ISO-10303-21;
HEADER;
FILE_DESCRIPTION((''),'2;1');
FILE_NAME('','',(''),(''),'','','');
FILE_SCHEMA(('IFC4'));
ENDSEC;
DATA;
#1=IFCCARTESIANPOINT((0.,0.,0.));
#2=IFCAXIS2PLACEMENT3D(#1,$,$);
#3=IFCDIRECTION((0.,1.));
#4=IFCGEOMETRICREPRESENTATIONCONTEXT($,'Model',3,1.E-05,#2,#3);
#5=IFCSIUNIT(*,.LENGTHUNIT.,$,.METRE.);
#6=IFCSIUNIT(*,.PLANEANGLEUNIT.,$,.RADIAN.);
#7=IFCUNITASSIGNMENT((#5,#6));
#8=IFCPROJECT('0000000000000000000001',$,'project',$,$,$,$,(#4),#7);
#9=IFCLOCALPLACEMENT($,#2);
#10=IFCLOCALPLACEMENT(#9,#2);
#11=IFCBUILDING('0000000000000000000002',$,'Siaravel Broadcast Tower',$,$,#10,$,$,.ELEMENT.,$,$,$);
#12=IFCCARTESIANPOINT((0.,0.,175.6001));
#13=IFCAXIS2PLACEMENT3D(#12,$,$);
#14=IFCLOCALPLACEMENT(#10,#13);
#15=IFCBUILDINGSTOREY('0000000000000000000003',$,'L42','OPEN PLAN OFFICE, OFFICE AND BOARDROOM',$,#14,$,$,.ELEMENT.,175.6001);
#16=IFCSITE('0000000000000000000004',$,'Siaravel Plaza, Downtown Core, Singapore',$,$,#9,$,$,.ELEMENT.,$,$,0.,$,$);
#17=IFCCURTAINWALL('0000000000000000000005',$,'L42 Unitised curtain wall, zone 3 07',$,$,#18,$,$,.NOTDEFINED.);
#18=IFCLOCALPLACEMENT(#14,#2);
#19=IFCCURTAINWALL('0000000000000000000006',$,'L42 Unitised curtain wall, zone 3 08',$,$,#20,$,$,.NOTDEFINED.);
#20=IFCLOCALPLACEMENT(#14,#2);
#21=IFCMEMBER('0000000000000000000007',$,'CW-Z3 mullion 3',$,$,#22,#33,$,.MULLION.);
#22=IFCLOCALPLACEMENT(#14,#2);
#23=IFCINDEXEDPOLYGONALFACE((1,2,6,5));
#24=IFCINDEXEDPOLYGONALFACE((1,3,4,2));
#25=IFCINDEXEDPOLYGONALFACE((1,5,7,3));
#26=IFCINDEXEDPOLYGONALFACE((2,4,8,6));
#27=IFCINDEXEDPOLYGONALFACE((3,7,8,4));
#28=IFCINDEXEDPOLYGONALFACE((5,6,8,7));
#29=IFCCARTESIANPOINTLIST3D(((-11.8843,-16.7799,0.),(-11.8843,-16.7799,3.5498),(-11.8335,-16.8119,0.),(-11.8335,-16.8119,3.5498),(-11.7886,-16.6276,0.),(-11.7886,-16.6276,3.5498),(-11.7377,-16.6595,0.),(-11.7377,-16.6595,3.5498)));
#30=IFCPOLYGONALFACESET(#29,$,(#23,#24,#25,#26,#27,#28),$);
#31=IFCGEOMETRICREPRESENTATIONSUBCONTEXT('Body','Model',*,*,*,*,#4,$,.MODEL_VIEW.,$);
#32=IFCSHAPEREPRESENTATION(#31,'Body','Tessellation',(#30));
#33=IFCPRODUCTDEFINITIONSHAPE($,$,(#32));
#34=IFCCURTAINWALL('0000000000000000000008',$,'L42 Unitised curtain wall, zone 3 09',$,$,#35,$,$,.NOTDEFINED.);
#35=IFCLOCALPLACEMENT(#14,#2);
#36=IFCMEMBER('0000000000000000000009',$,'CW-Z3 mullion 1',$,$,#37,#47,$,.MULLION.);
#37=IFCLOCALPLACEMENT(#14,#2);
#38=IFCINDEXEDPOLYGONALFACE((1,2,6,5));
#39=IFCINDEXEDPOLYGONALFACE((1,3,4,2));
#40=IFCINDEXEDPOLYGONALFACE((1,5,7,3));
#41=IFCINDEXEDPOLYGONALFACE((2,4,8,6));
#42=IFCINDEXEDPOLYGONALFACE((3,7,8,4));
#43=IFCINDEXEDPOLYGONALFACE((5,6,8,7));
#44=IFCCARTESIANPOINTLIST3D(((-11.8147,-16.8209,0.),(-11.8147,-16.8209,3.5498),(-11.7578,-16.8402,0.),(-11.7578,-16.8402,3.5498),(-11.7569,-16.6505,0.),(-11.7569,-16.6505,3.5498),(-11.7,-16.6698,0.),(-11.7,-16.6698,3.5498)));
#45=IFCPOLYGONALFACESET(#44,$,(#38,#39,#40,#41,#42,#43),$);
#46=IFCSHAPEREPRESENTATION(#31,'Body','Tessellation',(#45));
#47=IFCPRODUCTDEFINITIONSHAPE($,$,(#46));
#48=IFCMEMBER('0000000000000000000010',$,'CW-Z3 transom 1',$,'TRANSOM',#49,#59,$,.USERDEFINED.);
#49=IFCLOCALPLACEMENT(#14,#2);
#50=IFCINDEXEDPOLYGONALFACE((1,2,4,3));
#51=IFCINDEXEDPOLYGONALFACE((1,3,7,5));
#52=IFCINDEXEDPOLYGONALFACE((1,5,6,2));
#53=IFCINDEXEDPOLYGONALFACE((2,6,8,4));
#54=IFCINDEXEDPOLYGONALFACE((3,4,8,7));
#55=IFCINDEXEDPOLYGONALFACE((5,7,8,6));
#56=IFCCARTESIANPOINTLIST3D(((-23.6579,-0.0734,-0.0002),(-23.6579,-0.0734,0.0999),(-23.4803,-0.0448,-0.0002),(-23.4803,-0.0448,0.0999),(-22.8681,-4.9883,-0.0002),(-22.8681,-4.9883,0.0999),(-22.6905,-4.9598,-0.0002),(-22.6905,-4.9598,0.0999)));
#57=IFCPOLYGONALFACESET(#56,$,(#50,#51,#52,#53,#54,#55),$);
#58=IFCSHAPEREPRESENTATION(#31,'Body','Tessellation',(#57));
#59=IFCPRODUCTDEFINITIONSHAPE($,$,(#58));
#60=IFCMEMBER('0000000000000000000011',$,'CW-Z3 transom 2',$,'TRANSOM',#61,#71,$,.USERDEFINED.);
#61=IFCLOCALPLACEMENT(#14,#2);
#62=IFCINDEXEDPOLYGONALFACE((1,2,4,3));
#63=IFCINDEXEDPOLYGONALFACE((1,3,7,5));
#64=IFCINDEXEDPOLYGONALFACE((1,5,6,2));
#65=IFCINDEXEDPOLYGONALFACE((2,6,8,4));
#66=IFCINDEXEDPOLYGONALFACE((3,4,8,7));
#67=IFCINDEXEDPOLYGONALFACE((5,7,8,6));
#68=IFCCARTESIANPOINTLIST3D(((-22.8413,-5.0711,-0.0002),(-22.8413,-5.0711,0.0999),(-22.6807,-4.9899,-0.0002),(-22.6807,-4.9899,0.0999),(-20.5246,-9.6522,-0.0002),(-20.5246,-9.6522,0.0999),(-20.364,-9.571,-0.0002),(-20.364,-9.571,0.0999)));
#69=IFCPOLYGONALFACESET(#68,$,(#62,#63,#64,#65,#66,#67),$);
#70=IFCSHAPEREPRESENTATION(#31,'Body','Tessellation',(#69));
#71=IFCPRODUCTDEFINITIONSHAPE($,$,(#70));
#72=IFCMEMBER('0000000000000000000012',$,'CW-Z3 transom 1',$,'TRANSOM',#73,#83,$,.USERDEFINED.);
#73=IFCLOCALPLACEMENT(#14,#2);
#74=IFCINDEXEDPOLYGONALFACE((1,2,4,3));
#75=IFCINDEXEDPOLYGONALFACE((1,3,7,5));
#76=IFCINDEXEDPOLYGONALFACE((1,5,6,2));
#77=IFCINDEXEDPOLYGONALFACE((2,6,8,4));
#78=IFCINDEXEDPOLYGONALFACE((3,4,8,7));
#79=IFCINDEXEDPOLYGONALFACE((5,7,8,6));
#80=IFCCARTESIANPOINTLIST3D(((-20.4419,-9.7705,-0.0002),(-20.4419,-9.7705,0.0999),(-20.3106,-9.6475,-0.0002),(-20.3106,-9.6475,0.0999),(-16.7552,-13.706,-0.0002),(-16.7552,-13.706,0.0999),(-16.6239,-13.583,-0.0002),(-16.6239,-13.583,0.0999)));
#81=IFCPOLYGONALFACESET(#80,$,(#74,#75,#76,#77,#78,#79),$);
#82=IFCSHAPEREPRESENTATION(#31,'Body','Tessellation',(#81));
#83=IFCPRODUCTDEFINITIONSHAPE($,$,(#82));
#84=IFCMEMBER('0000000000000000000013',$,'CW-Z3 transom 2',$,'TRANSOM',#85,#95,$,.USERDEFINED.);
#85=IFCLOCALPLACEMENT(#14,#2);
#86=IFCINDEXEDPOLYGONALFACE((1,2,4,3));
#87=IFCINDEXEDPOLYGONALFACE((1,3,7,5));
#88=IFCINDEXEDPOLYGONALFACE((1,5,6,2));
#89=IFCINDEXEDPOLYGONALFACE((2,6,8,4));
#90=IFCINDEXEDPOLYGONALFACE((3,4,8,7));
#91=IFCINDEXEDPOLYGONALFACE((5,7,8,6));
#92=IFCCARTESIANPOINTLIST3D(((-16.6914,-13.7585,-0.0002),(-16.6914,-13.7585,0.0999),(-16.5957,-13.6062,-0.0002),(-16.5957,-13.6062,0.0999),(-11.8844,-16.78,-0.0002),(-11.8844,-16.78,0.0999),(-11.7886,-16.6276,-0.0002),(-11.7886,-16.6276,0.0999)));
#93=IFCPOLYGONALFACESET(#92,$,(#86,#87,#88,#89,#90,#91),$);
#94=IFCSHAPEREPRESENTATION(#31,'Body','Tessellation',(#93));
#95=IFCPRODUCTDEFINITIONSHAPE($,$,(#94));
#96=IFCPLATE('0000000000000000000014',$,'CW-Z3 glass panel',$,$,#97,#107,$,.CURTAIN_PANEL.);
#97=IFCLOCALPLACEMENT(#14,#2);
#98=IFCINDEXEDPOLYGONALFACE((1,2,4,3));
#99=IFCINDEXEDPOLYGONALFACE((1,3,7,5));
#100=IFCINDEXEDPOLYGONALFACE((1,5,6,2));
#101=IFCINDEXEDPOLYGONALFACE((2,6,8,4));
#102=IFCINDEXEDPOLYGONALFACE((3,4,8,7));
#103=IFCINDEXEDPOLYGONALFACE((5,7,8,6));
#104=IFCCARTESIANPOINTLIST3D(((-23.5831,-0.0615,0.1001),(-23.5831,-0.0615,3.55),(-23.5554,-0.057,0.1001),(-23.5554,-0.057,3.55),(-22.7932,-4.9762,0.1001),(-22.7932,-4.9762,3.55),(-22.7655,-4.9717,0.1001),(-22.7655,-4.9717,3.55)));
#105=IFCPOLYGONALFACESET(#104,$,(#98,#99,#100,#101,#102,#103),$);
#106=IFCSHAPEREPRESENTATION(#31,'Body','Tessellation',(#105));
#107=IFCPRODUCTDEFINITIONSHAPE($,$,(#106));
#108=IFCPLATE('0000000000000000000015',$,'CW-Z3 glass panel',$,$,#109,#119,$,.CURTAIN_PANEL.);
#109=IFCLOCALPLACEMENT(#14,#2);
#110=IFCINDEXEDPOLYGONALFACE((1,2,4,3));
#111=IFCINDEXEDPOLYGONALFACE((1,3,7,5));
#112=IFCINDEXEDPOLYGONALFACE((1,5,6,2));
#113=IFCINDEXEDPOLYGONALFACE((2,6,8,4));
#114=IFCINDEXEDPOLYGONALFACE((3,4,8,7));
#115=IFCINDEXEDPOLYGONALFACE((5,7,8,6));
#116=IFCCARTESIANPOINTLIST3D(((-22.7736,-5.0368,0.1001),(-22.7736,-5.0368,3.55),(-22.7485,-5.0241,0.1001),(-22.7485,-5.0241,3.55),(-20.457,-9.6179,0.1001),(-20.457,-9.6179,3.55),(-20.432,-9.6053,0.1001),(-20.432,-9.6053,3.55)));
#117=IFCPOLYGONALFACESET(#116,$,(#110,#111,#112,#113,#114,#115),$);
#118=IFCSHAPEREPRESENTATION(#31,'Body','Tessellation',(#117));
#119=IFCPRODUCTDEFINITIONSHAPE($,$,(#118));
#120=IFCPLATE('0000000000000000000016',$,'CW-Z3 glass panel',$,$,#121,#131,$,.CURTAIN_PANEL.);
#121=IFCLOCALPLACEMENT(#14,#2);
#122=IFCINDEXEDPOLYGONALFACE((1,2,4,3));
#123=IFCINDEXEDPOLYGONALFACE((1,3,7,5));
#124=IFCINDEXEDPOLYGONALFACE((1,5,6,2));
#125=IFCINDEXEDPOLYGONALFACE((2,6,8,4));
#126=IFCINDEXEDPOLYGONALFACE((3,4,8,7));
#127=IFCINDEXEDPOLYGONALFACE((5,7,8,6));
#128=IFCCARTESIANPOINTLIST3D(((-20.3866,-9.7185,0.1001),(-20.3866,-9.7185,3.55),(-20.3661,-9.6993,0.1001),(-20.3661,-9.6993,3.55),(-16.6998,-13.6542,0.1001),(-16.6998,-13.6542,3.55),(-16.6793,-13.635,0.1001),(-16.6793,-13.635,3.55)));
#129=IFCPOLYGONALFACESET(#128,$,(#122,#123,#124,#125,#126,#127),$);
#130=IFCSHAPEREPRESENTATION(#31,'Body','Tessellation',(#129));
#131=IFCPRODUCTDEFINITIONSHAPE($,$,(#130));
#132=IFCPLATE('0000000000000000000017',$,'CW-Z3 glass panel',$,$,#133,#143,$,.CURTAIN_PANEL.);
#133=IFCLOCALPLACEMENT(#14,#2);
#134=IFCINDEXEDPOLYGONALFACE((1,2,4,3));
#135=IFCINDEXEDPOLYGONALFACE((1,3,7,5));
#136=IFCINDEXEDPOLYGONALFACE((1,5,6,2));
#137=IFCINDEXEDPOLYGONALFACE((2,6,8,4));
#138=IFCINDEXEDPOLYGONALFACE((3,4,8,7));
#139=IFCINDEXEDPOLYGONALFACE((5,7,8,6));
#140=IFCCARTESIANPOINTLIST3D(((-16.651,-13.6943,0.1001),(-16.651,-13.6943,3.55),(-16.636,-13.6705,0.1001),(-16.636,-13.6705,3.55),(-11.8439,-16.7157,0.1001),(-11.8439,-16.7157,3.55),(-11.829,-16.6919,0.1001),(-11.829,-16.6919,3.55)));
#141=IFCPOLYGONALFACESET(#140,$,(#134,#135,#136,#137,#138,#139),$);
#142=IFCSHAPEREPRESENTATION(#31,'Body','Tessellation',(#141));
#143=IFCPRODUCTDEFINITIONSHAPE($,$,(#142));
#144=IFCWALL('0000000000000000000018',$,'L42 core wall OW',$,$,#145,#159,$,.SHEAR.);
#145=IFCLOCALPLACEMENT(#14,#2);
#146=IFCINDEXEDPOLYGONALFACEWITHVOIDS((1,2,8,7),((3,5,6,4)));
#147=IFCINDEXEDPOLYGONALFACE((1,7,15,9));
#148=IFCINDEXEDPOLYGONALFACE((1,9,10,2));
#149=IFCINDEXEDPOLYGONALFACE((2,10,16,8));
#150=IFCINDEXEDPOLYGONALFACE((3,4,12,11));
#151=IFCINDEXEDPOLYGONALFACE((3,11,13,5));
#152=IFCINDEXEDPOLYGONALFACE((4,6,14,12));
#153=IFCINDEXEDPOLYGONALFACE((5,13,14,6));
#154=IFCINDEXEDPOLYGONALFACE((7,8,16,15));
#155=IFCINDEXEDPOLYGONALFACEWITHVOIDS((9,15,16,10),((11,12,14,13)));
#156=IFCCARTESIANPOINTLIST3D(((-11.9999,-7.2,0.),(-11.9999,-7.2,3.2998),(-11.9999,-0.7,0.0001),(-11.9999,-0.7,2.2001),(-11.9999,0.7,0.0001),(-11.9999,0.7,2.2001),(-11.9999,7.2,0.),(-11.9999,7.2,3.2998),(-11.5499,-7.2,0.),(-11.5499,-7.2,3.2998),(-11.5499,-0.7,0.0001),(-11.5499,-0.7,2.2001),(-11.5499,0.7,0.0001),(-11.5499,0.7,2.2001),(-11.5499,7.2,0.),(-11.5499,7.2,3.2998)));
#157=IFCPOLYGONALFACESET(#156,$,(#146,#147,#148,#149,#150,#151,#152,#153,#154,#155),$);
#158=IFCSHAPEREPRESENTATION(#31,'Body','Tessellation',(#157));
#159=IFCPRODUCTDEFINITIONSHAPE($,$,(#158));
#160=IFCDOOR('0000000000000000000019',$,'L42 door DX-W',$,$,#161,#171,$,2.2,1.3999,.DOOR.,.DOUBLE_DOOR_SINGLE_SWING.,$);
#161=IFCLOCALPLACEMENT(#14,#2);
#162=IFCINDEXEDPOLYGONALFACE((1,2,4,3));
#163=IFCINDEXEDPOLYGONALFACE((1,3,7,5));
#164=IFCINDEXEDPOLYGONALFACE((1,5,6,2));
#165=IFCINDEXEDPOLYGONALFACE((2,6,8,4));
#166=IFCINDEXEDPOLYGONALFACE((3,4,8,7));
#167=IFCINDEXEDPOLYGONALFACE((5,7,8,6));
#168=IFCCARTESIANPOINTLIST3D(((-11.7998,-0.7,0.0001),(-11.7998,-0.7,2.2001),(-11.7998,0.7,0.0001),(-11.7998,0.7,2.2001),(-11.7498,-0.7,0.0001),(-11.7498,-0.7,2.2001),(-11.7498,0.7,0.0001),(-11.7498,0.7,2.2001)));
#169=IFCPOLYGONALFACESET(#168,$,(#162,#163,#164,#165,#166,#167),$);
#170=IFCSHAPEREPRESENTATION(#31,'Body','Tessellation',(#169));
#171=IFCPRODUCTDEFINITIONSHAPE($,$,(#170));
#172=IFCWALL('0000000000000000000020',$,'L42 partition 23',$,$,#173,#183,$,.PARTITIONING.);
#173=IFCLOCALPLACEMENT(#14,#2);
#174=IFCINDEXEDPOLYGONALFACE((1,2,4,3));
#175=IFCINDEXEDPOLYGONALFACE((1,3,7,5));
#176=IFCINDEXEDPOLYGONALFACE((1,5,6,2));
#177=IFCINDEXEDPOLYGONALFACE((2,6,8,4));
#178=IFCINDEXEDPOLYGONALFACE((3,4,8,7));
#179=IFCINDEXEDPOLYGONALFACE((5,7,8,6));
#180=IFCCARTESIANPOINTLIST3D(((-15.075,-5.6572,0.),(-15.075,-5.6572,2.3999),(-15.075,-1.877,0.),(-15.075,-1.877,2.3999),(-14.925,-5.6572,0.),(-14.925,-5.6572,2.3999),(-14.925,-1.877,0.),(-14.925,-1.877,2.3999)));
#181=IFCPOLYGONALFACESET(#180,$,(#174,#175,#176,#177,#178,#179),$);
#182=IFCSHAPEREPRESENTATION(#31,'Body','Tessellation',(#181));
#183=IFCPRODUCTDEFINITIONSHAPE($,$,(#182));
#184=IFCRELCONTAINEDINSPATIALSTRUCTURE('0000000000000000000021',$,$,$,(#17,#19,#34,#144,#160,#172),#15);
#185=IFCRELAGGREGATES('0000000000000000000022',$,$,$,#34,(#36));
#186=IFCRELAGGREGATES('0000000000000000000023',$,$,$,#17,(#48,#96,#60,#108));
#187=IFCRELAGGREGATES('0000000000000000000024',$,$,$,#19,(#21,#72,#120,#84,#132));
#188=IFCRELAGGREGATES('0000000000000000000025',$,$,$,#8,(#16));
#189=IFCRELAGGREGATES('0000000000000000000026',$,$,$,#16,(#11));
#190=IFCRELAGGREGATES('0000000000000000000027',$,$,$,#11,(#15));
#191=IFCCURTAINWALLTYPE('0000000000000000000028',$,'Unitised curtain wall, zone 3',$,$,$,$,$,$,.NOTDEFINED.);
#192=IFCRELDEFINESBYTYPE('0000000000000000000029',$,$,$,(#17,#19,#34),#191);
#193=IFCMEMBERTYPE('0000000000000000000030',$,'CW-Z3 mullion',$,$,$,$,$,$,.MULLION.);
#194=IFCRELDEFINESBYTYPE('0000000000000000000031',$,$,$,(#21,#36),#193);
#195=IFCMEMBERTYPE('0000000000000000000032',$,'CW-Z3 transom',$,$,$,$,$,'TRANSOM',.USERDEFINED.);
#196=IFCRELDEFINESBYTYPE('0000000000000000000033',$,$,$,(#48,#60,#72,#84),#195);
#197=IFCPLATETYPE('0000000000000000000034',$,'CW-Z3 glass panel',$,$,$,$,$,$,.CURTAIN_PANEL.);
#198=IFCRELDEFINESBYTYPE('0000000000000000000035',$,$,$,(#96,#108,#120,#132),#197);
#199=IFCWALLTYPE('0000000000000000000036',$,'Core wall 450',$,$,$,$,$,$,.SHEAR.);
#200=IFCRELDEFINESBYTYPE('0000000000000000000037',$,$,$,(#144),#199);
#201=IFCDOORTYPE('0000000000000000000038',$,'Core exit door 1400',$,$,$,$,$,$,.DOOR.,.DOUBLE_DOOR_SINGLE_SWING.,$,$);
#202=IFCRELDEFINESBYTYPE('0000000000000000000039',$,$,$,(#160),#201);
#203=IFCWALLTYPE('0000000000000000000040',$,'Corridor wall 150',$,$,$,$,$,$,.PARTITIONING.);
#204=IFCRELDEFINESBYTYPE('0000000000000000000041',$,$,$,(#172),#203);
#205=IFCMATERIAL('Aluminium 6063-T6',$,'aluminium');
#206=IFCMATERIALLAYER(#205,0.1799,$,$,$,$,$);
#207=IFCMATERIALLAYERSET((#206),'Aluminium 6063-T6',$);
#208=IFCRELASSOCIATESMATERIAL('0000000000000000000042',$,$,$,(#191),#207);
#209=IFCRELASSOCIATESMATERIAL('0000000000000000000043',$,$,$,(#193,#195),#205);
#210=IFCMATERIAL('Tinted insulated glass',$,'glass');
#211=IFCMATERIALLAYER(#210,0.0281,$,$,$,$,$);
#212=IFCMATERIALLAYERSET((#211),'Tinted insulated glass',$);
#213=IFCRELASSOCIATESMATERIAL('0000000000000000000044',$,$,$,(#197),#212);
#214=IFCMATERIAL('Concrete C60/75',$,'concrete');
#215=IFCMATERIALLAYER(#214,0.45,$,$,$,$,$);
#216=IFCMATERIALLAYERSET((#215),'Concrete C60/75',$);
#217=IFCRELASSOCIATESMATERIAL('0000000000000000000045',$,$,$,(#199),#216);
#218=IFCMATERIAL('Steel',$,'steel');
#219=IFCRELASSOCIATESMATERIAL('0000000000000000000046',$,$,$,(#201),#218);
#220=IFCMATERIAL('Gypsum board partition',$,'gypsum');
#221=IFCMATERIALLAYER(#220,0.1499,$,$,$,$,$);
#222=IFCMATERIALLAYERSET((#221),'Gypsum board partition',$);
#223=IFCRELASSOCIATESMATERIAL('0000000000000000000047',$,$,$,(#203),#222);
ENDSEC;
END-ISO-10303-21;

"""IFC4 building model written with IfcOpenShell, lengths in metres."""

from ifc_helpers import new_model, si_unit, direction, frame, frame_2d, origin, origin_2d, place, context, subcontext, project, spatial, rectangle, extrude, material, layer, layer_set, material_profile, profile_set, type_object, element, fill, aggregate, save


model = new_model("IFC4")

# Units and contexts
model_context = context("Model", 3, precision=1e-05, world=origin(), true_north=direction((0.0, 1.0)))
body_context = subcontext(model_context, "Body", "Model", "MODEL_VIEW")
ifc_project = project(units=[si_unit("LENGTHUNIT", "METRE"), si_unit("PLANEANGLEUNIT", "RADIAN")], contexts=[model_context])

# Site, building, storey
site_placement = place(None, origin())
site = spatial("IfcSite", under=ifc_project, at=site_placement, Name="Siaravel Plaza, Downtown Core, Singapore", CompositionType="ELEMENT", RefElevation=0.0)
building_placement = place(site_placement, origin())
building = spatial("IfcBuilding", under=site, at=building_placement, Name="Siaravel Broadcast Tower", CompositionType="ELEMENT")
storey_placement = place(building_placement, frame((0.0, 0.0, 175.6001)))
storey = spatial("IfcBuildingStorey", under=building, at=storey_placement, Name="L42", Description="OPEN PLAN OFFICE, OFFICE AND BOARDROOM", CompositionType="ELEMENT", Elevation=175.6001)

# Shared definitions
ifc_material_1 = material(Name="Concrete C60/75", Category="concrete")

# Curtain walls, member
ifc_material_2 = material(Name="Aluminium 6063-T6", Category="aluminium")
ifc_layer_1 = layer(ifc_material_2, 0.1799)
ifc_layer_set_1 = layer_set([ifc_layer_1], Name="Aluminium 6063-T6")
curtain_wall_type = type_object("IfcCurtainWallType", Name="Unitised curtain wall, zone 3", PredefinedType="NOTDEFINED", material=ifc_layer_set_1)
curtain_wall_1_placement = place(storey_placement, origin())
curtain_wall_1 = element("IfcCurtainWall", 1, at=curtain_wall_1_placement, inside=storey, type_object=curtain_wall_type, Name="L42 Unitised curtain wall, zone 3 07", PredefinedType="NOTDEFINED")
ifc_material_profile_1 = material_profile(ifc_material_2, rectangle(XDim=0.1799, YDim=0.0601, at=origin_2d()))
ifc_profile_set_1 = profile_set([ifc_material_profile_1], Name="Aluminium 6063-T6")
member_type_1 = type_object("IfcMemberType", Name="CW-Z3 mullion", PredefinedType="MULLION", material=ifc_profile_set_1)
curtain_wall_2_placement = place(storey_placement, origin())
curtain_wall_2 = element("IfcCurtainWall", 2, at=curtain_wall_2_placement, inside=storey, type_object=curtain_wall_type, Name="L42 Unitised curtain wall, zone 3 08", PredefinedType="NOTDEFINED")
member_1_placement = place(storey_placement, frame((-11.811, -16.7197, 0.0), z_axis=(0.0, 0.0, 1.0), x_axis=(0.532149, 0.846651, 0.0)))
member_1 = element("IfcMember", 3, at=member_1_placement, type_object=member_type_1, Name="CW-Z3 mullion 3", PredefinedType="MULLION", context=body_context, shape_type="SweptSolid", body=[
    extrude(rectangle(XDim=0.1799, YDim=0.0601, at=origin_2d()), origin(), (0.0, 0.0, 1.0), 3.5498),
])

# Curtain wall, member
curtain_wall_3_placement = place(storey_placement, origin())
curtain_wall_3 = element("IfcCurtainWall", 4, at=curtain_wall_3_placement, inside=storey, type_object=curtain_wall_type, Name="L42 Unitised curtain wall, zone 3 09", PredefinedType="NOTDEFINED")
member_2_placement = place(storey_placement, frame((-11.7573, -16.7454, 0.0), z_axis=(0.0, 0.0, 1.0), x_axis=(0.3213, 0.946977, 0.0)))
member_2 = element("IfcMember", 5, at=member_2_placement, type_object=member_type_1, Name="CW-Z3 mullion 1", PredefinedType="MULLION", context=body_context, shape_type="SweptSolid", body=[
    extrude(rectangle(XDim=0.1799, YDim=0.0601, at=origin_2d()), origin(), (0.0, 0.0, 1.0), 3.5498),
])
aggregate(curtain_wall_3, [member_2])

# Members
ifc_material_profile_2 = material_profile(ifc_material_2, rectangle(XDim=0.1799, YDim=0.1001, at=origin_2d()))
ifc_profile_set_2 = profile_set([ifc_material_profile_2], Name="Aluminium 6063-T6")
member_type_2 = type_object("IfcMemberType", Name="CW-Z3 transom", ElementType="TRANSOM", PredefinedType="USERDEFINED", material=ifc_profile_set_2)
member_3_placement = place(storey_placement, frame((-23.5691, -0.0591, 0.0498), z_axis=(0.158654, -0.987334, 0.0), x_axis=(0.987334, 0.158654, 0.0)))
member_3 = element("IfcMember", 6, at=member_3_placement, type_object=member_type_2, Name="CW-Z3 transom 1", ObjectType="TRANSOM", PredefinedType="USERDEFINED", context=body_context, shape_type="SweptSolid", body=[
    extrude(rectangle(XDim=0.1799, YDim=0.1001, at=origin_2d()), origin(), (0.0, 0.0, 1.0), 4.978),
])
member_4_placement = place(storey_placement, frame((-22.761, -5.0305, 0.0498), z_axis=(0.45128, -0.892382, 0.0), x_axis=(0.892382, 0.45128, 0.0)))
member_4 = element("IfcMember", 7, at=member_4_placement, type_object=member_type_2, Name="CW-Z3 transom 2", ObjectType="TRANSOM", PredefinedType="USERDEFINED", context=body_context, shape_type="SweptSolid", body=[
    extrude(rectangle(XDim=0.1799, YDim=0.1001, at=origin_2d()), origin(), (0.0, 0.0, 1.0), 5.1335),
])
member_5_placement = place(storey_placement, frame((-20.3762, -9.709, 0.0498), z_axis=(0.683664, -0.729797, 0.0), x_axis=(0.729797, 0.683664, 0.0)))
member_5 = element("IfcMember", 8, at=member_5_placement, type_object=member_type_2, Name="CW-Z3 transom 1", ObjectType="TRANSOM", PredefinedType="USERDEFINED", context=body_context, shape_type="SweptSolid", body=[
    extrude(rectangle(XDim=0.1799, YDim=0.1001, at=origin_2d()), origin(), (0.0, 0.0, 1.0), 5.3926),
])
member_6_placement = place(storey_placement, frame((-16.6436, -13.6824, 0.0498), z_axis=(0.846648, -0.532154, 0.0), x_axis=(0.532154, 0.846648, 0.0)))
member_6 = element("IfcMember", 9, at=member_6_placement, type_object=member_type_2, Name="CW-Z3 transom 2", ObjectType="TRANSOM", PredefinedType="USERDEFINED", context=body_context, shape_type="SweptSolid", body=[
    extrude(rectangle(XDim=0.1799, YDim=0.1001, at=origin_2d()), origin(), (0.0, 0.0, 1.0), 5.6777),
])

# Plates
ifc_material_3 = material(Name="Tinted insulated glass", Category="glass")
ifc_layer_2 = layer(ifc_material_3, 0.0281)
ifc_layer_set_2 = layer_set([ifc_layer_2], Name="Tinted insulated glass")
plate_type = type_object("IfcPlateType", Name="CW-Z3 glass panel", PredefinedType="CURTAIN_PANEL", material=ifc_layer_set_2)
plate_1_placement = place(storey_placement, frame((-23.1743, -2.5166, 0.1001), z_axis=(0.0, 0.0, 1.0), x_axis=(0.158686, -0.987329, 0.0)))
plate_1 = element("IfcPlate", 10, at=plate_1_placement, type_object=plate_type, Name="CW-Z3 glass panel", PredefinedType="CURTAIN_PANEL", context=body_context, shape_type="SweptSolid", body=[
    extrude(rectangle(XDim=4.9778, YDim=0.0281, at=origin_2d()), origin(), (0.0, 0.0, 1.0), 3.45),
])
plate_2_placement = place(storey_placement, frame((-21.6028, -7.321, 0.1001), z_axis=(0.0, 0.0, 1.0), x_axis=(0.451261, -0.892392, 0.0)))
plate_2 = element("IfcPlate", 11, at=plate_2_placement, type_object=plate_type, Name="CW-Z3 glass panel", PredefinedType="CURTAIN_PANEL", context=body_context, shape_type="SweptSolid", body=[
    extrude(rectangle(XDim=5.1335, YDim=0.0281, at=origin_2d()), origin(), (0.0, 0.0, 1.0), 3.45),
])
aggregate(curtain_wall_1, [member_3, plate_1, member_4, plate_2])
plate_3_placement = place(storey_placement, frame((-18.533, -11.6768, 0.1001), z_axis=(0.0, 0.0, 1.0), x_axis=(0.683655, -0.729805, 0.0)))
plate_3 = element("IfcPlate", 12, at=plate_3_placement, type_object=plate_type, Name="CW-Z3 glass panel", PredefinedType="CURTAIN_PANEL", context=body_context, shape_type="SweptSolid", body=[
    extrude(rectangle(XDim=5.3928, YDim=0.0281, at=origin_2d()), origin(), (0.0, 0.0, 1.0), 3.45),
])
plate_4_placement = place(storey_placement, frame((-14.24, -15.1931, 0.1001), z_axis=(0.0, 0.0, 1.0), x_axis=(0.846651, -0.532149, 0.0)))
plate_4 = element("IfcPlate", 13, at=plate_4_placement, type_object=plate_type, Name="CW-Z3 glass panel", PredefinedType="CURTAIN_PANEL", context=body_context, shape_type="SweptSolid", body=[
    extrude(rectangle(XDim=5.6777, YDim=0.0281, at=origin_2d()), origin(), (0.0, 0.0, 1.0), 3.45),
])
aggregate(curtain_wall_2, [member_1, member_5, plate_3, member_6, plate_4])

# Wall, opening, door
ifc_layer_3 = layer(ifc_material_1, 0.45)
ifc_layer_set_3 = layer_set([ifc_layer_3], Name="Concrete C60/75")
wall_type_1 = type_object("IfcWallType", Name="Core wall 450", PredefinedType="SHEAR", material=ifc_layer_set_3)
wall_1_placement = place(storey_placement, frame((-11.7749, -7.2, 0.0), z_axis=(0.0, 0.0, 1.0), x_axis=(0.0, 1.0, 0.0)))
wall_1 = element("IfcWall", 14, at=wall_1_placement, inside=storey, type_object=wall_type_1, Name="L42 core wall OW", PredefinedType="SHEAR", context=body_context, shape_type="SweptSolid", body=[
    extrude(rectangle(XDim=14.3999, YDim=0.45, at=frame_2d((7.2, 0.0))), origin(), (0.0, 0.0, 1.0), 3.2998),
])
opening_1_placement = place(wall_1_placement, frame((6.5, 0.0, 0.0)))
opening_1 = element("IfcOpeningElement", 15, at=opening_1_placement, cuts=wall_1, PredefinedType="OPENING", context=body_context, shape_type="SweptSolid", body=[
    extrude(rectangle(XDim=1.3999, YDim=2.2, at=frame_2d((0.7, 1.1001))), frame((0.0, 0.2349, 0.0), z_axis=(0.0, -1.0, 0.0), x_axis=(1.0, 0.0, 0.0)), (0.0, 0.0, 1.0), 0.47),
])
ifc_material_4 = material(Name="Steel", Category="steel")
door_type_1 = type_object("IfcDoorType", Name="Core exit door 1400", OperationType="DOUBLE_DOOR_SINGLE_SWING", PredefinedType="DOOR", material=ifc_material_4)
door_1_placement = place(opening_1_placement, origin())
door_1 = element("IfcDoor", 16, at=door_1_placement, inside=storey, type_object=door_type_1, Name="L42 door DX-W", OperationType="DOUBLE_DOOR_SINGLE_SWING", OverallHeight=2.2, OverallWidth=1.3999, PredefinedType="DOOR", context=body_context, shape_type="SweptSolid", body=[
    extrude(rectangle(XDim=1.3999, YDim=2.2, at=frame_2d((0.7, 1.1001))), frame((0.0, 0.0249, 0.0), z_axis=(0.0, -1.0, 0.0), x_axis=(1.0, 0.0, 0.0)), (0.0, 0.0, 1.0), 0.05),
])
fill(opening_1, door_1)
ifc_material_5 = material(Name="Gypsum board partition", Category="gypsum")
ifc_layer_4 = layer(ifc_material_5, 0.1499)
ifc_layer_set_4 = layer_set([ifc_layer_4], Name="Gypsum board partition")
wall_type_2 = type_object("IfcWallType", Name="Corridor wall 150", PredefinedType="PARTITIONING", material=ifc_layer_set_4)

# Wall
wall_2_placement = place(storey_placement, frame((-15.0, -1.877, 0.0), z_axis=(0.0, 0.0, 1.0), x_axis=(0.0, -1.0, 0.0)))
element("IfcWall", 17, at=wall_2_placement, inside=storey, type_object=wall_type_2, Name="L42 partition 23", PredefinedType="PARTITIONING", context=body_context, shape_type="SweptSolid", body=[
    extrude(rectangle(XDim=3.7803, YDim=0.1499, at=frame_2d((1.8901, 0.0))), origin(), (0.0, 0.0, 1.0), 2.3999),
])

save(model, "model.ifc")
